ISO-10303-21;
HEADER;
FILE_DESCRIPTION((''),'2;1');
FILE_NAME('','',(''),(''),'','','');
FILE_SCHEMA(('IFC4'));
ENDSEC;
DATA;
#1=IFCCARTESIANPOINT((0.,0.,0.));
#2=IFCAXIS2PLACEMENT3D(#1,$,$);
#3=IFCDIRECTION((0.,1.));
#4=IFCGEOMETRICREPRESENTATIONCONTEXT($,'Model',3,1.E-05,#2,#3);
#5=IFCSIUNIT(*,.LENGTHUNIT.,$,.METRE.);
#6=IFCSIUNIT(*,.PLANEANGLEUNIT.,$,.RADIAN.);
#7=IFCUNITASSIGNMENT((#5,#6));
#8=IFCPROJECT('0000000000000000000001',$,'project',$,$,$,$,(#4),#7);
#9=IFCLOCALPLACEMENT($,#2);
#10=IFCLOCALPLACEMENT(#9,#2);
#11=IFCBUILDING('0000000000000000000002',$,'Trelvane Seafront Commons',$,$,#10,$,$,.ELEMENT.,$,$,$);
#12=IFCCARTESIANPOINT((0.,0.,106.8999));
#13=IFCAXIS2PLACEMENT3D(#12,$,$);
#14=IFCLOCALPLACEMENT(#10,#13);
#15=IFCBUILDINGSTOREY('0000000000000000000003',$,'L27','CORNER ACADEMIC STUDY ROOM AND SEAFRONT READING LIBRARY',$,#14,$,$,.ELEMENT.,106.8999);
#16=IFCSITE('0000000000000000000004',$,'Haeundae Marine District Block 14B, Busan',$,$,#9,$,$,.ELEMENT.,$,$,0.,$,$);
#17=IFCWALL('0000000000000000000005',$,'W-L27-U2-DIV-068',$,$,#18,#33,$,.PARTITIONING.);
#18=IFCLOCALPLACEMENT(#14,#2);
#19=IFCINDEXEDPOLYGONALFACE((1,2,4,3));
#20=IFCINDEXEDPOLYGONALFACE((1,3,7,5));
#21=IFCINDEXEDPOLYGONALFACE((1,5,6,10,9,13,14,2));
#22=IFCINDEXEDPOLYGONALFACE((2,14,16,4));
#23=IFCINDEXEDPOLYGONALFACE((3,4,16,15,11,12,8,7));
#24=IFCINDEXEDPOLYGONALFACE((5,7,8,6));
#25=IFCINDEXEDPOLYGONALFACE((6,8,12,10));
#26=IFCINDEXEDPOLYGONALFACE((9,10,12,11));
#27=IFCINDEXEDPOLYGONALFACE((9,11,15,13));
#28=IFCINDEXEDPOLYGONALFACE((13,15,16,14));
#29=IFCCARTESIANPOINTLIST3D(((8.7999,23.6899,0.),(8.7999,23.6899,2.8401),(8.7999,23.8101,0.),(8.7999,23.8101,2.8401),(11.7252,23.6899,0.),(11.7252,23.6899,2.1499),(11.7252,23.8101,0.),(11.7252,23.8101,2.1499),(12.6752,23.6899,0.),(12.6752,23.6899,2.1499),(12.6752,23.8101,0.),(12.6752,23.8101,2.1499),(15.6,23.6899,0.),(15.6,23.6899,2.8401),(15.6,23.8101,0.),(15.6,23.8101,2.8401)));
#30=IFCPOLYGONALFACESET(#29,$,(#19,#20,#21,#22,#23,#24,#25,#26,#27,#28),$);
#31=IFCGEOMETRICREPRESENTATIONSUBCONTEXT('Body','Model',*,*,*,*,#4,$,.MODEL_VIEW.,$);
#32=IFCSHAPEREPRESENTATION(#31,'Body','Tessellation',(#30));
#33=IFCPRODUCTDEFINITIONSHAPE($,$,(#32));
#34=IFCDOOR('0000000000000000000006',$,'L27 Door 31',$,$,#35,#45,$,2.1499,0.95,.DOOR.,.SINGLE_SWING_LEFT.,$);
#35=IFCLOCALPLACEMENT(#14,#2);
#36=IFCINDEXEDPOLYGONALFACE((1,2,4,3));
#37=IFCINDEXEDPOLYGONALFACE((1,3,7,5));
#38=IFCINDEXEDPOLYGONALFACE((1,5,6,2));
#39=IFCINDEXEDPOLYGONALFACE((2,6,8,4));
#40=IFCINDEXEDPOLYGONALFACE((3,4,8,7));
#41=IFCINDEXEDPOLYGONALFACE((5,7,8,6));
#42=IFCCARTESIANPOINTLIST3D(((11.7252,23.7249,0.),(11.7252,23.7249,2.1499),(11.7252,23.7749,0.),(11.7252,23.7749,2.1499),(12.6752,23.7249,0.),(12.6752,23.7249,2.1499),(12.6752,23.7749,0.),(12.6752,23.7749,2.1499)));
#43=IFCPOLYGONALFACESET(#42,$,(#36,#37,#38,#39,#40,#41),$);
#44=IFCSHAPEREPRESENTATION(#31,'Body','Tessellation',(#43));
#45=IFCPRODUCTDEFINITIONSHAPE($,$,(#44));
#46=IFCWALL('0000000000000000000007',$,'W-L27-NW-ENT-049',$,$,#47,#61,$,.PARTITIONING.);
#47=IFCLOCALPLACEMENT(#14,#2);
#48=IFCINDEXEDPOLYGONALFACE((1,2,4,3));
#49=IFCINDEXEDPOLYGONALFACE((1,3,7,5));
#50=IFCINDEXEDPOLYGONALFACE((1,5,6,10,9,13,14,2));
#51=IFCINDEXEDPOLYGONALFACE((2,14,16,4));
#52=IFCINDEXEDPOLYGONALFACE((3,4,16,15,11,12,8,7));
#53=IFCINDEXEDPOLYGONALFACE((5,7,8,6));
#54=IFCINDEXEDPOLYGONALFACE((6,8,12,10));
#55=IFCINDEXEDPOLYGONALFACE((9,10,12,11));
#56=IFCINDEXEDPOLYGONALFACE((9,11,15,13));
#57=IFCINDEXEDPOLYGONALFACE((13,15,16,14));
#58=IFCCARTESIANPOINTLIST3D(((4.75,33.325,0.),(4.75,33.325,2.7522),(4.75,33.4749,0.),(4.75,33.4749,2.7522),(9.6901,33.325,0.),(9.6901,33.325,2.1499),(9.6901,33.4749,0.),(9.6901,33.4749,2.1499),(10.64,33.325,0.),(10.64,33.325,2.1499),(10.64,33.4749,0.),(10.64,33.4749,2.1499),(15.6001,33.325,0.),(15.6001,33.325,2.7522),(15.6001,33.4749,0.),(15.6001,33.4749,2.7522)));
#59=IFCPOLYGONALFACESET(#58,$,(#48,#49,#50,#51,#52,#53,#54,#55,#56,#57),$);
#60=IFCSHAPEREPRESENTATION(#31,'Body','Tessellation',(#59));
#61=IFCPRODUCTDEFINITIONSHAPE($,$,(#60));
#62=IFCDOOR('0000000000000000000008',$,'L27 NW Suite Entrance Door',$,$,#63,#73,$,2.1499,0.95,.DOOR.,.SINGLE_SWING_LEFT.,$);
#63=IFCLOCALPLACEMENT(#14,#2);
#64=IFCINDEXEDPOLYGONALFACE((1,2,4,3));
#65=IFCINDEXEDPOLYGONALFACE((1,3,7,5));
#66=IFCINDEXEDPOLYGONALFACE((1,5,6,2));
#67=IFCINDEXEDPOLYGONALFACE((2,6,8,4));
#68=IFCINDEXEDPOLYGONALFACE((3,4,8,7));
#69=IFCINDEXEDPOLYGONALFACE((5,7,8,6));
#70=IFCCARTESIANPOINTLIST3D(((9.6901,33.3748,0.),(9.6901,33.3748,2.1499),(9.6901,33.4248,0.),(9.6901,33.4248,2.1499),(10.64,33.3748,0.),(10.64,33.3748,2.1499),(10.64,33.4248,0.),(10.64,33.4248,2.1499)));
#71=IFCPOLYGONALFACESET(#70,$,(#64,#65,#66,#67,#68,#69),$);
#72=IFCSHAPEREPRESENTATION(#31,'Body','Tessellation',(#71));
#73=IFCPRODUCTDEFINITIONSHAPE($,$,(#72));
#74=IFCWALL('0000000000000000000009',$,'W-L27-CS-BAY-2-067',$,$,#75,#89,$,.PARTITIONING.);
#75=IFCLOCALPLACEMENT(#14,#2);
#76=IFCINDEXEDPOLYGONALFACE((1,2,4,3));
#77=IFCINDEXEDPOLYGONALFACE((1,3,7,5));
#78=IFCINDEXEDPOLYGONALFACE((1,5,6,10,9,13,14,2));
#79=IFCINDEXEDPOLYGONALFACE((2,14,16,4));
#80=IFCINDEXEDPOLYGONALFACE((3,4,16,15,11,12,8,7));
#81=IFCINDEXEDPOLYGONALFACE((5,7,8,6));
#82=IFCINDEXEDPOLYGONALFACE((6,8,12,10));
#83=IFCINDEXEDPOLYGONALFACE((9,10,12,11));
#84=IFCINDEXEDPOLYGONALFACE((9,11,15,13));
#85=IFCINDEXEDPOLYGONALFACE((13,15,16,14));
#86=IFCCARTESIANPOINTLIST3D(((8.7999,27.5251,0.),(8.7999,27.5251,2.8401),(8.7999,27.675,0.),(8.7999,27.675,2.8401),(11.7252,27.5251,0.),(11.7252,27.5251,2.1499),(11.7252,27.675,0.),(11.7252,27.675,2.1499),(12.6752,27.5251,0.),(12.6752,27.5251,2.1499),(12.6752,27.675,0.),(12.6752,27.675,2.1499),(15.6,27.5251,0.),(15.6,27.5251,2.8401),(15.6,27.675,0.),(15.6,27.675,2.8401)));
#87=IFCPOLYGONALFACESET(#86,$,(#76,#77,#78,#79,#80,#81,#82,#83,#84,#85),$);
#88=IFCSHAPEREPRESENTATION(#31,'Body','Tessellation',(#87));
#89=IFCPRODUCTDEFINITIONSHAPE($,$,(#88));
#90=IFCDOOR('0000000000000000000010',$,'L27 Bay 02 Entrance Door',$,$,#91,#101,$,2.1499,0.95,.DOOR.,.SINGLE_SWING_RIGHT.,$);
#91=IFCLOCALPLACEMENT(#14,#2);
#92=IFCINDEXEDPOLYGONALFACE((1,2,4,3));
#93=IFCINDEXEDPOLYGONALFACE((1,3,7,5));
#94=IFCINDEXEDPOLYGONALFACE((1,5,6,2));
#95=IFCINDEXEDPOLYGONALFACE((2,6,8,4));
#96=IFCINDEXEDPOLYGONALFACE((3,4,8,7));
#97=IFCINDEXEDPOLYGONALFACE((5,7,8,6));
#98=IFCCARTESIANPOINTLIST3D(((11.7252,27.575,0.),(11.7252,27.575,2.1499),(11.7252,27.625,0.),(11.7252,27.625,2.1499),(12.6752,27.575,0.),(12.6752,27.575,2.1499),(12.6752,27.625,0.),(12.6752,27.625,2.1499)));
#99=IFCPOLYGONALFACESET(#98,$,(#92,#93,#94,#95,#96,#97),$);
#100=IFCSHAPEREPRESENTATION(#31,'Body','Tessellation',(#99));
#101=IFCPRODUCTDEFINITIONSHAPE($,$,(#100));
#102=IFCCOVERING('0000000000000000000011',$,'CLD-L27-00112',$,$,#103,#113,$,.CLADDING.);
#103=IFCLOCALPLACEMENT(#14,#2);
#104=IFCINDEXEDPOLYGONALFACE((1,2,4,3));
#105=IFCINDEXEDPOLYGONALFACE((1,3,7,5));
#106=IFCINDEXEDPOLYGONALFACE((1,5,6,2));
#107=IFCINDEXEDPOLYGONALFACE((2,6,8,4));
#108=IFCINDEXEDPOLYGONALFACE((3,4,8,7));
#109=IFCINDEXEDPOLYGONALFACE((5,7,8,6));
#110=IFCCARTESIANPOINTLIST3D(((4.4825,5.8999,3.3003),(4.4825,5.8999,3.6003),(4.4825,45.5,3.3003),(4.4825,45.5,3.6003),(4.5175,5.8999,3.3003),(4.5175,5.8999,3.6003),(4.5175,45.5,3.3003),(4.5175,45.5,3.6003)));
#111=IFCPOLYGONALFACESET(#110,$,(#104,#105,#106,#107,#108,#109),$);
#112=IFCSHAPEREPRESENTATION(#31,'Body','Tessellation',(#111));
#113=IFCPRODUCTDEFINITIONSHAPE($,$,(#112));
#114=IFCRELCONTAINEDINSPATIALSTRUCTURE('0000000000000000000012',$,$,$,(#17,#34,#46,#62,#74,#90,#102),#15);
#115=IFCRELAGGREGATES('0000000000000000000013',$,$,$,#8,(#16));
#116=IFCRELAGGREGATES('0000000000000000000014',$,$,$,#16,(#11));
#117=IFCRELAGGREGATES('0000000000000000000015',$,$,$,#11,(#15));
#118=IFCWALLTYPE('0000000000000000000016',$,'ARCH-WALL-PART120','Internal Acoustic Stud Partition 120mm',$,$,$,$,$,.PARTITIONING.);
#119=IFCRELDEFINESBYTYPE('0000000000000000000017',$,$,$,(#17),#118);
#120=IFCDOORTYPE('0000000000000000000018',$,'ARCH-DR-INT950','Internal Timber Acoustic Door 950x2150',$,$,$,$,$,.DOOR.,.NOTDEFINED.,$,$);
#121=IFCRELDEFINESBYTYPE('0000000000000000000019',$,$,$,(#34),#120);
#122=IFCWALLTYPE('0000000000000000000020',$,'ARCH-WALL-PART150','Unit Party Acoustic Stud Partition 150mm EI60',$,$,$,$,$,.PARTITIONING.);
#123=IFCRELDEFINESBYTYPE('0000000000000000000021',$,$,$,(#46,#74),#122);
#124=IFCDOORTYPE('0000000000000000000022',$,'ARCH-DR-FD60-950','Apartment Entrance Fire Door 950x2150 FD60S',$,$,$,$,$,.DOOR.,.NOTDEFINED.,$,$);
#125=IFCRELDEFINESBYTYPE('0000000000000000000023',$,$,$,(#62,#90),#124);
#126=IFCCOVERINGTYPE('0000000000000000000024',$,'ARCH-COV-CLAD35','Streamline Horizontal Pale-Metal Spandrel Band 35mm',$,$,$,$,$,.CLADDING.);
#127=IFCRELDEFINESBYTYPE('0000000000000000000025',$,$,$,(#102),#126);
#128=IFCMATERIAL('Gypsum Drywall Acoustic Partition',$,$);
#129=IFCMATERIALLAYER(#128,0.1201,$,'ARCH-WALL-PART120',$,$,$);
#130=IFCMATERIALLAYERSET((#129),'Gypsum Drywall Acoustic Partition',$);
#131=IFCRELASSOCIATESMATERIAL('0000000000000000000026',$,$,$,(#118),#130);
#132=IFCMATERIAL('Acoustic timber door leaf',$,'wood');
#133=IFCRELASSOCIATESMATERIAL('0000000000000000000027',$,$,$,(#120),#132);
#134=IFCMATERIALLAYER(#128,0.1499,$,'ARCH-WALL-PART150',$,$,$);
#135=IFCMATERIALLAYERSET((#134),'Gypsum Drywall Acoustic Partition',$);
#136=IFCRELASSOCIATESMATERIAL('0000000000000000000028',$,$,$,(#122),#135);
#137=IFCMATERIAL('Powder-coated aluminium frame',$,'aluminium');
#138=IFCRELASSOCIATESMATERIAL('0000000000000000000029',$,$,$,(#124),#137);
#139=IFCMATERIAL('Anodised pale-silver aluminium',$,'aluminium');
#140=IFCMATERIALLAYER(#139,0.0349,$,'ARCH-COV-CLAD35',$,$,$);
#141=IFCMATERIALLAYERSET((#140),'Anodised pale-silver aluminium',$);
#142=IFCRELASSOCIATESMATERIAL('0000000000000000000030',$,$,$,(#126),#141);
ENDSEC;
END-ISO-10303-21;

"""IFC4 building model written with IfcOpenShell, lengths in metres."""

from ifc_helpers import new_model, si_unit, direction, frame, frame_2d, origin, origin_2d, place, context, subcontext, project, spatial, rectangle, extrude, source, transform, mapped, material, layer, layer_set, type_object, element, fill, save


model = new_model("IFC4")

# Units and contexts
model_context = context("Model", 3, precision=1e-05, world=origin(), true_north=direction((0.0, 1.0)))
body_context = subcontext(model_context, "Body", "Model", "MODEL_VIEW")
ifc_project = project(units=[si_unit("LENGTHUNIT", "METRE"), si_unit("PLANEANGLEUNIT", "RADIAN")], contexts=[model_context])

# Site, building, storey
site_placement = place(None, origin())
site = spatial("IfcSite", under=ifc_project, at=site_placement, Name="Haeundae Marine District Block 14B, Busan", CompositionType="ELEMENT", RefElevation=0.0)
building_placement = place(site_placement, origin())
building = spatial("IfcBuilding", under=site, at=building_placement, Name="Trelvane Seafront Commons", CompositionType="ELEMENT")
storey_placement = place(building_placement, frame((0.0, 0.0, 106.8999)))
storey = spatial("IfcBuildingStorey", under=building, at=storey_placement, Name="L27", Description="CORNER ACADEMIC STUDY ROOM AND SEAFRONT READING LIBRARY", CompositionType="ELEMENT", Elevation=106.8999)

# Walls, openings, doors
ifc_material_1 = material(Name="Gypsum Drywall Acoustic Partition")
ifc_layer_1 = layer(ifc_material_1, 0.1201, Name="ARCH-WALL-PART120")
ifc_layer_set_1 = layer_set([ifc_layer_1], Name="Gypsum Drywall Acoustic Partition")
wall_type_1 = type_object("IfcWallType", Name="ARCH-WALL-PART120", Description="Internal Acoustic Stud Partition 120mm", PredefinedType="PARTITIONING", material=ifc_layer_set_1)
ifc_material_2 = material(Name="Acoustic timber door leaf", Category="wood")
door_type_1 = type_object("IfcDoorType", Name="ARCH-DR-INT950", Description="Internal Timber Acoustic Door 950x2150", OperationType="NOTDEFINED", PredefinedType="DOOR", material=ifc_material_2)
shared_shape_1 = source(origin(), body_context, "Body", "SweptSolid", [
    extrude(rectangle(XDim=0.95, YDim=2.1499, at=frame_2d((0.4751, 1.075))), frame((0.0, 0.0249, 0.0), z_axis=(0.0, -1.0, 0.0), x_axis=(1.0, 0.0, 0.0)), (0.0, 0.0, 1.0), 0.05),
])
wall_1_placement = place(storey_placement, frame((8.8, 23.75, 0.0), z_axis=(0.0, 0.0, 1.0), x_axis=(1.0, 0.0, 0.0)))
wall_1 = element("IfcWall", 1, at=wall_1_placement, inside=storey, type_object=wall_type_1, Name="W-L27-U2-DIV-068", PredefinedType="PARTITIONING", context=body_context, shape_type="SweptSolid", body=[
    extrude(rectangle(XDim=6.8, YDim=0.1201, at=frame_2d((3.3999, 0.0))), origin(), (0.0, 0.0, 1.0), 2.8401),
])
opening_1_placement = place(wall_1_placement, frame((2.925, 0.0, 0.0)))
opening_1 = element("IfcOpeningElement", 2, at=opening_1_placement, cuts=wall_1, PredefinedType="OPENING", context=body_context, shape_type="SweptSolid", body=[
    extrude(rectangle(XDim=0.95, YDim=2.1499, at=frame_2d((0.4751, 1.075))), frame((0.0, 0.0701, 0.0), z_axis=(0.0, -1.0, 0.0), x_axis=(1.0, 0.0, 0.0)), (0.0, 0.0, 1.0), 0.1401),
])
door_1_placement = place(opening_1_placement, origin())
door_1 = element("IfcDoor", 3, at=door_1_placement, inside=storey, type_object=door_type_1, Name="L27 Door 31", OperationType="SINGLE_SWING_LEFT", OverallHeight=2.1499, OverallWidth=0.95, PredefinedType="DOOR", context=body_context, shape_type="MappedRepresentation", body=[
    mapped(shared_shape_1, transform((0.0, 0.0, 0.0), x_axis=(1.0, 0.0, 0.0), y_axis=(0.0, 1.0, 0.0), z_axis=(0.0, 0.0, 1.0), scale=1.0)),
])
fill(opening_1, door_1)
ifc_layer_2 = layer(ifc_material_1, 0.1499, Name="ARCH-WALL-PART150")
ifc_layer_set_2 = layer_set([ifc_layer_2], Name="Gypsum Drywall Acoustic Partition")
wall_type_2 = type_object("IfcWallType", Name="ARCH-WALL-PART150", Description="Unit Party Acoustic Stud Partition 150mm EI60", PredefinedType="PARTITIONING", material=ifc_layer_set_2)
wall_2_placement = place(storey_placement, frame((4.75, 33.3999, 0.0), z_axis=(0.0, 0.0, 1.0), x_axis=(1.0, 0.0, 0.0)))
wall_2 = element("IfcWall", 4, at=wall_2_placement, inside=storey, type_object=wall_type_2, Name="W-L27-NW-ENT-049", PredefinedType="PARTITIONING", context=body_context, shape_type="SweptSolid", body=[
    extrude(rectangle(XDim=10.8501, YDim=0.1499, at=frame_2d((5.425, 0.0))), origin(), (0.0, 0.0, 1.0), 2.7522),
])
opening_2_placement = place(wall_2_placement, frame((4.9399, 0.0, 0.0)))
opening_2 = element("IfcOpeningElement", 5, at=opening_2_placement, cuts=wall_2, PredefinedType="OPENING", context=body_context, shape_type="SweptSolid", body=[
    extrude(rectangle(XDim=0.95, YDim=2.1499, at=frame_2d((0.4751, 1.075))), frame((0.0, 0.085, 0.0), z_axis=(0.0, -1.0, 0.0), x_axis=(1.0, 0.0, 0.0)), (0.0, 0.0, 1.0), 0.1699),
])
ifc_material_3 = material(Name="Powder-coated aluminium frame", Category="aluminium")
door_type_2 = type_object("IfcDoorType", Name="ARCH-DR-FD60-950", Description="Apartment Entrance Fire Door 950x2150 FD60S", OperationType="NOTDEFINED", PredefinedType="DOOR", material=ifc_material_3)
door_2_placement = place(opening_2_placement, origin())
door_2 = element("IfcDoor", 6, at=door_2_placement, inside=storey, type_object=door_type_2, Name="L27 NW Suite Entrance Door", OperationType="SINGLE_SWING_LEFT", OverallHeight=2.1499, OverallWidth=0.95, PredefinedType="DOOR", context=body_context, shape_type="MappedRepresentation", body=[
    mapped(shared_shape_1, transform((0.0, 0.0, 0.0), x_axis=(1.0, 0.0, 0.0), y_axis=(0.0, 1.0, 0.0), z_axis=(0.0, 0.0, 1.0), scale=1.0)),
])
fill(opening_2, door_2)
wall_3_placement = place(storey_placement, frame((8.8, 27.6001, 0.0), z_axis=(0.0, 0.0, 1.0), x_axis=(1.0, 0.0, 0.0)))
wall_3 = element("IfcWall", 7, at=wall_3_placement, inside=storey, type_object=wall_type_2, Name="W-L27-CS-BAY-2-067", PredefinedType="PARTITIONING", context=body_context, shape_type="SweptSolid", body=[
    extrude(rectangle(XDim=6.8, YDim=0.1499, at=frame_2d((3.3999, 0.0))), origin(), (0.0, 0.0, 1.0), 2.8401),
])
opening_3_placement = place(wall_3_placement, frame((2.925, 0.0, 0.0)))
opening_3 = element("IfcOpeningElement", 8, at=opening_3_placement, cuts=wall_3, PredefinedType="OPENING", context=body_context, shape_type="SweptSolid", body=[
    extrude(rectangle(XDim=0.95, YDim=2.1499, at=frame_2d((0.4751, 1.075))), frame((0.0, 0.085, 0.0), z_axis=(0.0, -1.0, 0.0), x_axis=(1.0, 0.0, 0.0)), (0.0, 0.0, 1.0), 0.1699),
])
door_3_placement = place(opening_3_placement, origin())
door_3 = element("IfcDoor", 9, at=door_3_placement, inside=storey, type_object=door_type_2, Name="L27 Bay 02 Entrance Door", OperationType="SINGLE_SWING_RIGHT", OverallHeight=2.1499, OverallWidth=0.95, PredefinedType="DOOR", context=body_context, shape_type="MappedRepresentation", body=[
    mapped(shared_shape_1, transform((0.0, 0.0, 0.0), x_axis=(1.0, 0.0, 0.0), y_axis=(0.0, 1.0, 0.0), z_axis=(0.0, 0.0, 1.0), scale=1.0)),
])
fill(opening_3, door_3)

# Covering
ifc_material_4 = material(Name="Anodised pale-silver aluminium", Category="aluminium")
ifc_layer_3 = layer(ifc_material_4, 0.0349, Name="ARCH-COV-CLAD35")
ifc_layer_set_3 = layer_set([ifc_layer_3], Name="Anodised pale-silver aluminium")
covering_type = type_object("IfcCoveringType", Name="ARCH-COV-CLAD35", Description="Streamline Horizontal Pale-Metal Spandrel Band 35mm", PredefinedType="CLADDING", material=ifc_layer_set_3)
shared_shape_2 = source(origin(), body_context, "Body", "SweptSolid", [
    extrude(rectangle(XDim=39.6001, YDim=0.0349, at=origin_2d()), origin(), (0.0, 0.0, 1.0), 0.3),
])
covering_placement = place(storey_placement, frame((4.5, 25.7, 3.3003), z_axis=(0.0, 0.0, 1.0), x_axis=(0.0, 1.0, 0.0)))
element("IfcCovering", 10, at=covering_placement, inside=storey, type_object=covering_type, Name="CLD-L27-00112", PredefinedType="CLADDING", context=body_context, shape_type="MappedRepresentation", body=[
    mapped(shared_shape_2, transform((0.0, 0.0, 0.0), x_axis=(1.0, 0.0, 0.0), y_axis=(0.0, 1.0, 0.0), z_axis=(0.0, 0.0, 1.0), scale=1.0)),
])

save(model, "model.ifc")
